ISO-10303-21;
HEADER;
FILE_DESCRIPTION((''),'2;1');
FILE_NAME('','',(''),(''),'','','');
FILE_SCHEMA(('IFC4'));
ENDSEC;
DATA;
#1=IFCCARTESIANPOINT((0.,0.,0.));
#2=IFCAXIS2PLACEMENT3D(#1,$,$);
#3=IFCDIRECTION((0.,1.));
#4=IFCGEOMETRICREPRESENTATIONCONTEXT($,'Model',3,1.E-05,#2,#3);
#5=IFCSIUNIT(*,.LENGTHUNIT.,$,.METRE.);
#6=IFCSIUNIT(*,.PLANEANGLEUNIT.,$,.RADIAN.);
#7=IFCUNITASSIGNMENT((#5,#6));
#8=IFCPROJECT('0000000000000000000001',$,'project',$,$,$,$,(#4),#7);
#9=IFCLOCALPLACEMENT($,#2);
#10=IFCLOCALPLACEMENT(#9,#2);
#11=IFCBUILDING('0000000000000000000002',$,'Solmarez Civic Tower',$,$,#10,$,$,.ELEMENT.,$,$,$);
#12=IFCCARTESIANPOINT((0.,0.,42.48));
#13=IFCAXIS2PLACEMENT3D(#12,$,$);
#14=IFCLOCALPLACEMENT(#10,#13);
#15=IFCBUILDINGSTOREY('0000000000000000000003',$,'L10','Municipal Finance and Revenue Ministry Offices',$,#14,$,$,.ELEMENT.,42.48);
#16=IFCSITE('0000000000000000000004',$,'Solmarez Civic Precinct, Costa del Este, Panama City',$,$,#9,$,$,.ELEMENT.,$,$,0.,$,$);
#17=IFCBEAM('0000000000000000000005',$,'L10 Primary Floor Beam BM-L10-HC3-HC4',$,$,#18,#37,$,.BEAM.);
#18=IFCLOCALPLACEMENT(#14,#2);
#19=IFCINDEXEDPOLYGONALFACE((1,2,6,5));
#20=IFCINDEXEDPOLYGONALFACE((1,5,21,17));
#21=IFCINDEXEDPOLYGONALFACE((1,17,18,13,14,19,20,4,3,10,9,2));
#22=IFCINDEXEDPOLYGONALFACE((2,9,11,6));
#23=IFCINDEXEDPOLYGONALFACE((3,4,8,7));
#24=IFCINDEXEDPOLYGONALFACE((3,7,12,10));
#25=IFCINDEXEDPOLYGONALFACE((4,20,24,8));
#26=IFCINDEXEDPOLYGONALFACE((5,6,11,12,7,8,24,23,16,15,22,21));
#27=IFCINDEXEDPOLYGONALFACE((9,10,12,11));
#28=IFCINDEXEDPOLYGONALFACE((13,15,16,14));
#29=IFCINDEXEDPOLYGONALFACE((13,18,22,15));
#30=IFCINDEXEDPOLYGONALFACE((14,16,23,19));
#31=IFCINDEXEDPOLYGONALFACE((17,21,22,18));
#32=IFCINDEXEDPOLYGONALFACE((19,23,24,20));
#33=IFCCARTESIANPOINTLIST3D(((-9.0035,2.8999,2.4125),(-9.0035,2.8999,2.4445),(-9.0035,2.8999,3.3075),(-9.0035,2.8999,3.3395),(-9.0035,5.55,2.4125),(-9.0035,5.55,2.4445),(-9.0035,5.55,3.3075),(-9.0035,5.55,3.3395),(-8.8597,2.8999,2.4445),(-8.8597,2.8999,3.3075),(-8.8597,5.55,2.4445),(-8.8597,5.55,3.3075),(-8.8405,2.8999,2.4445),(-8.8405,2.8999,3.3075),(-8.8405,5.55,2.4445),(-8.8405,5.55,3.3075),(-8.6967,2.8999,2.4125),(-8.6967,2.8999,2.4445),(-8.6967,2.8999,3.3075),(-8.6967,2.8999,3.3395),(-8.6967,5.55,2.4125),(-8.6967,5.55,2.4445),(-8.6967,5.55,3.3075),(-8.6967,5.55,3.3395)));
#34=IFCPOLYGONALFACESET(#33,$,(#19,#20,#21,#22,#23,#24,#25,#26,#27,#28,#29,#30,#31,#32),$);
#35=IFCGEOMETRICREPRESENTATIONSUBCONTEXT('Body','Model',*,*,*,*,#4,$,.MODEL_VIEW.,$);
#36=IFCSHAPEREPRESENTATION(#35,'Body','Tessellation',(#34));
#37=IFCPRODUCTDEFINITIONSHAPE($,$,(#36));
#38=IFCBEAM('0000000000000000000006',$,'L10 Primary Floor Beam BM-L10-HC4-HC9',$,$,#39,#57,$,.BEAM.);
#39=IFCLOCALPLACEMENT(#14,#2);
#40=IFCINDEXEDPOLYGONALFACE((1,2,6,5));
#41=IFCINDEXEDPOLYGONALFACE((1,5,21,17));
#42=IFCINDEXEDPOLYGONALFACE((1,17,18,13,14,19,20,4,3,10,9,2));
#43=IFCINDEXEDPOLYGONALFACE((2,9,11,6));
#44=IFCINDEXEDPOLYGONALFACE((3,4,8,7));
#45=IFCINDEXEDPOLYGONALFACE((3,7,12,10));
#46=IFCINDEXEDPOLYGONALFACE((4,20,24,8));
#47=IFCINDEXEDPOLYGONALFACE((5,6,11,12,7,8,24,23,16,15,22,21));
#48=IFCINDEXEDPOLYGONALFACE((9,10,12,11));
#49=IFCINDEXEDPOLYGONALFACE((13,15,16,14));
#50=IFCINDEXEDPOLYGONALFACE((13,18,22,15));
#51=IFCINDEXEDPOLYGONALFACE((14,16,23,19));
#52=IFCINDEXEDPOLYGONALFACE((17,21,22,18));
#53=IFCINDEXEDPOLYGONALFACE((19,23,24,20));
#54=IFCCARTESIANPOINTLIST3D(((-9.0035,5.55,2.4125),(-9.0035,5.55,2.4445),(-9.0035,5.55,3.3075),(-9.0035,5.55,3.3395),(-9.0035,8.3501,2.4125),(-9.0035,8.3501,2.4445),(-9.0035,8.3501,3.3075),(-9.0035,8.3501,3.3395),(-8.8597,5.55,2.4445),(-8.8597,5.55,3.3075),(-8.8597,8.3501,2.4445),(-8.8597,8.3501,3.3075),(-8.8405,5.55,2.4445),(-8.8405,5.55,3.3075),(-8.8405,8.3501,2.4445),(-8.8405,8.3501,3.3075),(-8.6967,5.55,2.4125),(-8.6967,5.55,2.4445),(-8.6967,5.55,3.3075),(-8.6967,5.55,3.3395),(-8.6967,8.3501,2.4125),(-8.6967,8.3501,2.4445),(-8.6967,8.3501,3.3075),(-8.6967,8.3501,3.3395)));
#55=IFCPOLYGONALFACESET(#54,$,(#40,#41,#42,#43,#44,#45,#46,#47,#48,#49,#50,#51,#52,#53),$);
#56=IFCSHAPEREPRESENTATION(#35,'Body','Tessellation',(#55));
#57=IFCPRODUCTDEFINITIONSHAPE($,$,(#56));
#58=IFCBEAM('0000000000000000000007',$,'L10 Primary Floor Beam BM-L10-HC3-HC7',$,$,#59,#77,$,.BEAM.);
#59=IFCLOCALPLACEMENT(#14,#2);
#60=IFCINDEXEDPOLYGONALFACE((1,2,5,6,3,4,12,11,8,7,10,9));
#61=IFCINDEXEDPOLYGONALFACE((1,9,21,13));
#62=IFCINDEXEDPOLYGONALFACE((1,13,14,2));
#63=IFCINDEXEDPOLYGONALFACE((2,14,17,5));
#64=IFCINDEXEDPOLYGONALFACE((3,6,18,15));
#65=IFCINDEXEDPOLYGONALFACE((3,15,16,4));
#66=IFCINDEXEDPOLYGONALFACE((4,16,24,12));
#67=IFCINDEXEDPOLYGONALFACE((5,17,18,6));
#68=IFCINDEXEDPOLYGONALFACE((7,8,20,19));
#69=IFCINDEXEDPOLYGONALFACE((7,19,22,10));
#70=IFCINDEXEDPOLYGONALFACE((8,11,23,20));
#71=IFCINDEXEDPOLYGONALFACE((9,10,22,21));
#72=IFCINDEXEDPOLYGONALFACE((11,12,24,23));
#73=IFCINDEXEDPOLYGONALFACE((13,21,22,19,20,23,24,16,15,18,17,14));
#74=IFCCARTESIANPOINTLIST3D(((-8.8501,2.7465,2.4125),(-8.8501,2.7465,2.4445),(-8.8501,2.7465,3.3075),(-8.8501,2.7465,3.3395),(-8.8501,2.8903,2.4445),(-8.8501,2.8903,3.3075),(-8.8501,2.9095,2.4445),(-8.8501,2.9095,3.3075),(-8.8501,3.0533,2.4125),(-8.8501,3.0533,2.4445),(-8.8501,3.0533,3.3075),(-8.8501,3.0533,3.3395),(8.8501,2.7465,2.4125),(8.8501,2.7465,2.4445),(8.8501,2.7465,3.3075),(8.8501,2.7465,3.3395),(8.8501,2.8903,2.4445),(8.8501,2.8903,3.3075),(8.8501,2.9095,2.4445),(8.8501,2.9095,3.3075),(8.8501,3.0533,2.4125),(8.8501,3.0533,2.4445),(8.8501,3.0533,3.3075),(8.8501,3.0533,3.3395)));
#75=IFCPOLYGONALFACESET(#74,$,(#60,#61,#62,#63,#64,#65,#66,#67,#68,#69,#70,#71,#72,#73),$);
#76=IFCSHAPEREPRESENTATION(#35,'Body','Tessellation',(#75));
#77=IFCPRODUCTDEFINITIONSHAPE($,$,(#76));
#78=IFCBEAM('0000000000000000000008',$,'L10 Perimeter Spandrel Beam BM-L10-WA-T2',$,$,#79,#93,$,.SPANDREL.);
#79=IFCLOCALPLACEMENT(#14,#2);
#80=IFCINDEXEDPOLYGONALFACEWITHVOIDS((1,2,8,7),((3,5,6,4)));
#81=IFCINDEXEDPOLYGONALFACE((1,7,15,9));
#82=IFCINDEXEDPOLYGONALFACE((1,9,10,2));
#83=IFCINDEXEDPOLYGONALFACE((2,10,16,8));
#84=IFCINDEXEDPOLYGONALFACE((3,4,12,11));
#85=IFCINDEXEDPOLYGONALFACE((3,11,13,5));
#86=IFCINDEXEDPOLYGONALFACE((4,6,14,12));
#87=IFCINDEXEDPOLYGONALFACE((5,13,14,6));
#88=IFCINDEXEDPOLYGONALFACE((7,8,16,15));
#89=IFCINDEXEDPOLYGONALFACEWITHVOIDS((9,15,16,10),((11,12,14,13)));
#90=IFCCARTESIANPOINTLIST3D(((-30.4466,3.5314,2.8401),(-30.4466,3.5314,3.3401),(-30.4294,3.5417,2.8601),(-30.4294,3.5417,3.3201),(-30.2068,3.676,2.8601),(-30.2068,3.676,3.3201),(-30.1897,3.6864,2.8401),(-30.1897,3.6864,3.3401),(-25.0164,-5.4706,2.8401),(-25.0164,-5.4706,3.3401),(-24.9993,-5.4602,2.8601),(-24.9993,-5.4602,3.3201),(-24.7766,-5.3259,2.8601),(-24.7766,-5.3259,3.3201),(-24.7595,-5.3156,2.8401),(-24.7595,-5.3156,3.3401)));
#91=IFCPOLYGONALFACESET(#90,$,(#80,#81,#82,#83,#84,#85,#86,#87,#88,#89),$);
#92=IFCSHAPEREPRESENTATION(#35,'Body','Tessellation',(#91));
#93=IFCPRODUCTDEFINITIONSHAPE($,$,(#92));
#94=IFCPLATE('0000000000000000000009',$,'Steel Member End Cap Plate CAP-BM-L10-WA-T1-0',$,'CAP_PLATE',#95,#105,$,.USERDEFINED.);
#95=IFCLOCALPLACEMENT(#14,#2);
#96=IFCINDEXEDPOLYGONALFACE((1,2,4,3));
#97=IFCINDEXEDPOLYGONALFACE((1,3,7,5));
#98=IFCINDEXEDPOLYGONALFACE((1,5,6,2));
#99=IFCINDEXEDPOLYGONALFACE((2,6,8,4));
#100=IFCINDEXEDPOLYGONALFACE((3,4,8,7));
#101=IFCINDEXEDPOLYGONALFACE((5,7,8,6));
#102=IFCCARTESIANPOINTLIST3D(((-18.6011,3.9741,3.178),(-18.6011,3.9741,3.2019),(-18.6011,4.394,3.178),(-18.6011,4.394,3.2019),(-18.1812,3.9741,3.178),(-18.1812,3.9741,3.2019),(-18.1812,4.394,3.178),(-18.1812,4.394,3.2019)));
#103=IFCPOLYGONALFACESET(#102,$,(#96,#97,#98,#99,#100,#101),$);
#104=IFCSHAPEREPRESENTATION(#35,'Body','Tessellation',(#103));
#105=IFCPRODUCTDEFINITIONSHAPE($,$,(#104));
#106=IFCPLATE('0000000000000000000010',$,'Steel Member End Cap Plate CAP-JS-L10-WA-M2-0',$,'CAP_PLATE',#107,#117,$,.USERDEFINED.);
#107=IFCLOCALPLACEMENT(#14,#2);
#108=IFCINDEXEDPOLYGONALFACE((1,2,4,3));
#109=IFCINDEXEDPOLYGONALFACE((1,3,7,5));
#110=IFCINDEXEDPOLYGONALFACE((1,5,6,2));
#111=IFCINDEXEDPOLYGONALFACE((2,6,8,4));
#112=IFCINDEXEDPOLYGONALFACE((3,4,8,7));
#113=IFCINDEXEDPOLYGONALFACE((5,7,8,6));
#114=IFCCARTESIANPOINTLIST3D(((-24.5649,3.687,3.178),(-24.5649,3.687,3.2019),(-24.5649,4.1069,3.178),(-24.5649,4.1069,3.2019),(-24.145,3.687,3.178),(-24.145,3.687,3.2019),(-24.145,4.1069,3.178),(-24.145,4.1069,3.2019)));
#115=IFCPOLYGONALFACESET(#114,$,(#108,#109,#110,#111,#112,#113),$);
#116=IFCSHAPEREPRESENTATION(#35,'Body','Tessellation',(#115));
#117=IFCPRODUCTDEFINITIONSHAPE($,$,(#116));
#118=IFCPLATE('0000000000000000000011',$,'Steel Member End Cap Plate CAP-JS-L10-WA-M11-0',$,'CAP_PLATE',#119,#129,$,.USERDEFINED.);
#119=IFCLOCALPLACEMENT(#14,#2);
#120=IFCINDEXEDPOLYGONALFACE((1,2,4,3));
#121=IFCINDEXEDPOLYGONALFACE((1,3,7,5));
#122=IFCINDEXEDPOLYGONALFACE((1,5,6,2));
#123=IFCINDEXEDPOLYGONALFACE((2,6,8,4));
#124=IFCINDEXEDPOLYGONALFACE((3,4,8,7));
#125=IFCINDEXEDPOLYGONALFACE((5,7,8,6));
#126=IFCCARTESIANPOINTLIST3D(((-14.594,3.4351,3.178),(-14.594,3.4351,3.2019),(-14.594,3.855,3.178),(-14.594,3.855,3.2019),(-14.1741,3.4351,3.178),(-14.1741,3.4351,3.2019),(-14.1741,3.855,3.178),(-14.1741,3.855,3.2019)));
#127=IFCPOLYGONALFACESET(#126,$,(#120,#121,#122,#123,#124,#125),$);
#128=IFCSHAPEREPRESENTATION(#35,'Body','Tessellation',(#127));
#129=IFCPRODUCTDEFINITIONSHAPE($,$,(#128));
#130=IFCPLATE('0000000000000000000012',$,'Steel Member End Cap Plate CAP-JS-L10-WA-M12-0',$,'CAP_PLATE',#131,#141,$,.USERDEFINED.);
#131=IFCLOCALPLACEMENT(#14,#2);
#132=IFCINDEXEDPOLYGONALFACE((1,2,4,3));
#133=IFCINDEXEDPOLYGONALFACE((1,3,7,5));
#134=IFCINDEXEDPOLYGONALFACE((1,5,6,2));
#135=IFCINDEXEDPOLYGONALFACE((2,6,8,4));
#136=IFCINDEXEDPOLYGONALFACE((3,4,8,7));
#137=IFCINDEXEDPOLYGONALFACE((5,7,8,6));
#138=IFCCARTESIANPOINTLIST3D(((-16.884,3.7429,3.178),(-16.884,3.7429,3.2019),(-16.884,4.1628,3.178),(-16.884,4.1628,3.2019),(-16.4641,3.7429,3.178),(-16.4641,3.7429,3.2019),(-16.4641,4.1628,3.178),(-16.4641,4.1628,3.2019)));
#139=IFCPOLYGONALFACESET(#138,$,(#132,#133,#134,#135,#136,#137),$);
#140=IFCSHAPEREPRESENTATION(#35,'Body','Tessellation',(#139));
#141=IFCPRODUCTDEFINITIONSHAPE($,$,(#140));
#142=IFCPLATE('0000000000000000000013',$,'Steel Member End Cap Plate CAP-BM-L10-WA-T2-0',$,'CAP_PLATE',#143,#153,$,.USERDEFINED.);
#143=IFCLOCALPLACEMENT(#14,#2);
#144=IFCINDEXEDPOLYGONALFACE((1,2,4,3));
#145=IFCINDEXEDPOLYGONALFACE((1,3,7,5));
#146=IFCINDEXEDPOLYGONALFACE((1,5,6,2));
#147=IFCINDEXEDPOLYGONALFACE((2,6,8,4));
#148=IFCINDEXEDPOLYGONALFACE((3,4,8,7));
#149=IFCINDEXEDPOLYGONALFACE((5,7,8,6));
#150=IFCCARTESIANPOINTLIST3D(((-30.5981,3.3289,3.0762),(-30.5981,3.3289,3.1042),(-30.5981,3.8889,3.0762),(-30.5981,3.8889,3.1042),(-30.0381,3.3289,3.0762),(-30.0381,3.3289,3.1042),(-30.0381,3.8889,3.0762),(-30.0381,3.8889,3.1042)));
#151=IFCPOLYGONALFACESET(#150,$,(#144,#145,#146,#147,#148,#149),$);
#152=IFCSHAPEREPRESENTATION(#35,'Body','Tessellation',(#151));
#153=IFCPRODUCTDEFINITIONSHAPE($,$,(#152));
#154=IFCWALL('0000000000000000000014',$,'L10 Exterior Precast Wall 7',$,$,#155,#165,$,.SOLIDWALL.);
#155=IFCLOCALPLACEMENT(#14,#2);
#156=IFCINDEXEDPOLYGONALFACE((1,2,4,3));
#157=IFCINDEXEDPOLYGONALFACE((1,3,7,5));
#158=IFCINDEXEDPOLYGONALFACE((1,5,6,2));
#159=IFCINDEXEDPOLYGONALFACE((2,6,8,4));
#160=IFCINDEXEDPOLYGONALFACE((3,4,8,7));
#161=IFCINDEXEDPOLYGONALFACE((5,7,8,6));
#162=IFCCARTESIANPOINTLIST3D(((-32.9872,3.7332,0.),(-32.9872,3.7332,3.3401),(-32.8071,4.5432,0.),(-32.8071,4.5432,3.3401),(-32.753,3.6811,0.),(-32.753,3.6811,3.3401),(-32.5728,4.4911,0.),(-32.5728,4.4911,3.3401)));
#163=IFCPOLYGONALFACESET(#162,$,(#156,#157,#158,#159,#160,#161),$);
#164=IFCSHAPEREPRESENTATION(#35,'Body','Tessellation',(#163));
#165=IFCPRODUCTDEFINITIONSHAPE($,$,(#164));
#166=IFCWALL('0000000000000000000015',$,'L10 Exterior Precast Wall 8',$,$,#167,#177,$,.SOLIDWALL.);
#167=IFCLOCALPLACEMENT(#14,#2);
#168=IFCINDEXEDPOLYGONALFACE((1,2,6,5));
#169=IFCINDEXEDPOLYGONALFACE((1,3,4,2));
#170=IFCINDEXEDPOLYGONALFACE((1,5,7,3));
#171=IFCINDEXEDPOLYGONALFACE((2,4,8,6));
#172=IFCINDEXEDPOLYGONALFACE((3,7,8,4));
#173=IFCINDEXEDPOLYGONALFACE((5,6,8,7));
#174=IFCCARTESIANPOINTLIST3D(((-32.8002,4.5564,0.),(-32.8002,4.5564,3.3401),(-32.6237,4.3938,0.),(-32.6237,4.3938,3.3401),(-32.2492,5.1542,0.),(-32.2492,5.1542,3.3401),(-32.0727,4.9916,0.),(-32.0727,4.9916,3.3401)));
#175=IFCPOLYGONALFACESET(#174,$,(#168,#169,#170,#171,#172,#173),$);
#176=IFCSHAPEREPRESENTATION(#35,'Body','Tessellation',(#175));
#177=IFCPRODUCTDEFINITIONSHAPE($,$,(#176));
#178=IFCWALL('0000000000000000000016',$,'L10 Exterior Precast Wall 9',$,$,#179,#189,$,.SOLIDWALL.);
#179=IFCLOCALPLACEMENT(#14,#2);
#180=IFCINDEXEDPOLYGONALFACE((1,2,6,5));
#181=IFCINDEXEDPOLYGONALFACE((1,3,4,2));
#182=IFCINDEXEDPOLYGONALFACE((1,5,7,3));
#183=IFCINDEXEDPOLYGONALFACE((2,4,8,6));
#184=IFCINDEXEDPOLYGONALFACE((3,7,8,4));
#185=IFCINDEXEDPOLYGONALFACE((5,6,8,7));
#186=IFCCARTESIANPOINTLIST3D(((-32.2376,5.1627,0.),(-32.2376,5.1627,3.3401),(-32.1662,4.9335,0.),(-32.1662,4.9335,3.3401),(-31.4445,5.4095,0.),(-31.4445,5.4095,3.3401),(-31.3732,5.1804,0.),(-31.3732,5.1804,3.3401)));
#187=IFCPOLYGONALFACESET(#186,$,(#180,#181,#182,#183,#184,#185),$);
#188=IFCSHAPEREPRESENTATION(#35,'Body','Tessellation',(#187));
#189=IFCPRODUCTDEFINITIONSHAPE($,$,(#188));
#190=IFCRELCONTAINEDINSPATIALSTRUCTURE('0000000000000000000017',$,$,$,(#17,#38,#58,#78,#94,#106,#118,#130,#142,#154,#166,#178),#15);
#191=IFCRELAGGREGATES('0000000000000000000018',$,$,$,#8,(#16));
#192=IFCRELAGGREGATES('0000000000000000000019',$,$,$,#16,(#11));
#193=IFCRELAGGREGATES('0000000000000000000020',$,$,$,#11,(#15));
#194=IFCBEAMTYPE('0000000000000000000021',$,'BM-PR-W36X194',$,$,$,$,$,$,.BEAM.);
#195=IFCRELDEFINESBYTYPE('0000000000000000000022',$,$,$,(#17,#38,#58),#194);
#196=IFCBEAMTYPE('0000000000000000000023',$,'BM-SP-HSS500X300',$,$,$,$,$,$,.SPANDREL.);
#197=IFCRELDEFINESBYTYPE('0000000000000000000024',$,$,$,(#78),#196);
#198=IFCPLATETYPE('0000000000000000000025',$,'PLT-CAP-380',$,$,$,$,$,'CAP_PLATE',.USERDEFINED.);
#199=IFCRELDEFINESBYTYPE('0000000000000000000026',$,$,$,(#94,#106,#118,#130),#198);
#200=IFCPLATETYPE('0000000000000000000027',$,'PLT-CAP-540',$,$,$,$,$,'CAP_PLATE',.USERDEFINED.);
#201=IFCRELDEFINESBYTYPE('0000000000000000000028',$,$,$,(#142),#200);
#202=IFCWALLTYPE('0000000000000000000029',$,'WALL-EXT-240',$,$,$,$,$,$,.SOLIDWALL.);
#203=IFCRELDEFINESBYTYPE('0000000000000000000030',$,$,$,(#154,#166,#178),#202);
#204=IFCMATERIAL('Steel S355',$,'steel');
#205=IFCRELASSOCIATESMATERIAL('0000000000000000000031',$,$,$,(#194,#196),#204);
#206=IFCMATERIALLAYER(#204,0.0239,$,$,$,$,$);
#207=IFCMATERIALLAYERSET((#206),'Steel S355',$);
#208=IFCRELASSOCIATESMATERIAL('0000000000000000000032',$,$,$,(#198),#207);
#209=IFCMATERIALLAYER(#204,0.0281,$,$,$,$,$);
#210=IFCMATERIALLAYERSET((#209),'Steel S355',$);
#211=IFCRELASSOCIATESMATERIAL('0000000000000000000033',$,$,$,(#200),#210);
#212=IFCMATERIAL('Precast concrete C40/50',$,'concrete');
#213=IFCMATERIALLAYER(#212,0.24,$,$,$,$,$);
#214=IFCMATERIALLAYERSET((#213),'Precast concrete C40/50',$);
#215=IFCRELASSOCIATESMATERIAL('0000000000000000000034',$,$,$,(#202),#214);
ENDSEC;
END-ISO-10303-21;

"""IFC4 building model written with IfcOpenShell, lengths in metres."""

from ifc_helpers import new_model, si_unit, direction, frame, frame_2d, origin, origin_2d, place, context, subcontext, project, spatial, rectangle, hollow_rectangle, i_section, extrude, material, layer, layer_set, material_profile, profile_set, type_object, element, save


model = new_model("IFC4")

# Units and contexts
model_context = context("Model", 3, precision=1e-05, world=origin(), true_north=direction((0.0, 1.0)))
body_context = subcontext(model_context, "Body", "Model", "MODEL_VIEW")
ifc_project = project(units=[si_unit("LENGTHUNIT", "METRE"), si_unit("PLANEANGLEUNIT", "RADIAN")], contexts=[model_context])

# Site, building, storey
site_placement = place(None, origin())
site = spatial("IfcSite", under=ifc_project, at=site_placement, Name="Solmarez Civic Precinct, Costa del Este, Panama City", CompositionType="ELEMENT", RefElevation=0.0)
building_placement = place(site_placement, origin())
building = spatial("IfcBuilding", under=site, at=building_placement, Name="Solmarez Civic Tower", CompositionType="ELEMENT")
storey_placement = place(building_placement, frame((0.0, 0.0, 42.48)))
storey = spatial("IfcBuildingStorey", under=building, at=storey_placement, Name="L10", Description="Municipal Finance and Revenue Ministry Offices", CompositionType="ELEMENT", Elevation=42.48)

# Beams
ifc_material_1 = material(Name="Steel S355", Category="steel")
ifc_material_profile_1 = material_profile(ifc_material_1, i_section(OverallWidth=0.3069, OverallDepth=0.927, WebThickness=0.0193, FlangeThickness=0.032, at=origin_2d()), Name="W36X194")
ifc_profile_set_1 = profile_set([ifc_material_profile_1], Name="Steel S355")
beam_type_1 = type_object("IfcBeamType", Name="BM-PR-W36X194", PredefinedType="BEAM", material=ifc_profile_set_1)
beam_1_placement = place(storey_placement, frame((-8.8501, 2.8999, 2.876), z_axis=(0.0, 1.0, 0.0), x_axis=(-1.0, 0.0, 0.0)))
element("IfcBeam", 1, at=beam_1_placement, inside=storey, type_object=beam_type_1, Name="L10 Primary Floor Beam BM-L10-HC3-HC4", PredefinedType="BEAM", context=body_context, shape_type="SweptSolid", body=[
    extrude(i_section(OverallWidth=0.3069, OverallDepth=0.927, WebThickness=0.0193, FlangeThickness=0.032, at=origin_2d()), origin(), (0.0, 0.0, 1.0), 2.6501),
])
beam_2_placement = place(storey_placement, frame((-8.8501, 5.55, 2.876), z_axis=(0.0, 1.0, 0.0), x_axis=(-1.0, 0.0, 0.0)))
element("IfcBeam", 2, at=beam_2_placement, inside=storey, type_object=beam_type_1, Name="L10 Primary Floor Beam BM-L10-HC4-HC9", PredefinedType="BEAM", context=body_context, shape_type="SweptSolid", body=[
    extrude(i_section(OverallWidth=0.3069, OverallDepth=0.927, WebThickness=0.0193, FlangeThickness=0.032, at=origin_2d()), origin(), (0.0, 0.0, 1.0), 2.8),
])
beam_3_placement = place(storey_placement, frame((-8.8501, 2.8999, 2.876), z_axis=(1.0, 0.0, 0.0), x_axis=(0.0, 1.0, 0.0)))
element("IfcBeam", 3, at=beam_3_placement, inside=storey, type_object=beam_type_1, Name="L10 Primary Floor Beam BM-L10-HC3-HC7", PredefinedType="BEAM", context=body_context, shape_type="SweptSolid", body=[
    extrude(i_section(OverallWidth=0.3069, OverallDepth=0.927, WebThickness=0.0193, FlangeThickness=0.032, at=origin_2d()), origin(), (0.0, 0.0, 1.0), 17.7002),
])
ifc_material_profile_2 = material_profile(ifc_material_1, hollow_rectangle(XDim=0.3, YDim=0.5, WallThickness=0.02, at=origin_2d()), Name="HSS500X300X20")
ifc_profile_set_2 = profile_set([ifc_material_profile_2], Name="Steel S355")
beam_type_2 = type_object("IfcBeamType", Name="BM-SP-HSS500X300", PredefinedType="SPANDREL", material=ifc_profile_set_2)
beam_4_placement = place(storey_placement, frame((-30.3181, 3.6089, 3.0901), z_axis=(0.516523, -0.856273, 0.0), x_axis=(0.856273, 0.516523, 0.0)))
element("IfcBeam", 4, at=beam_4_placement, inside=storey, type_object=beam_type_2, Name="L10 Perimeter Spandrel Beam BM-L10-WA-T2", PredefinedType="SPANDREL", context=body_context, shape_type="SweptSolid", body=[
    extrude(hollow_rectangle(XDim=0.3, YDim=0.5, WallThickness=0.02, at=origin_2d()), origin(), (0.0, 0.0, 1.0), 10.5129),
])

# Plates
ifc_layer_1 = layer(ifc_material_1, 0.0239)
ifc_layer_set_1 = layer_set([ifc_layer_1], Name="Steel S355")
plate_type_1 = type_object("IfcPlateType", Name="PLT-CAP-380", ElementType="CAP_PLATE", PredefinedType="USERDEFINED", material=ifc_layer_set_1)
for number, where, z_axis, x_axis, name in (
    (5, (-18.3911, 4.1841, 3.178), (0.0, 0.0, 1.0), (1.0, 0.0, 0.0), "Steel Member End Cap Plate CAP-BM-L10-WA-T1-0"),
    (6, (-24.355, 3.897, 3.178), (0.0, 0.0, 1.0), (1.0, 0.0, 0.0), "Steel Member End Cap Plate CAP-JS-L10-WA-M2-0"),
    (7, (-14.384, 3.645, 3.178), (0.0, 0.0, 1.0), (1.0, 0.0, 0.0), "Steel Member End Cap Plate CAP-JS-L10-WA-M11-0"),
    (8, (-16.6741, 3.9529, 3.178), (0.0, 0.0, 1.0), (1.0, 0.0, 0.0), "Steel Member End Cap Plate CAP-JS-L10-WA-M12-0"),
):
    element("IfcPlate", number, at=place(storey_placement, frame(where, z_axis=z_axis, x_axis=x_axis)), inside=storey, type_object=plate_type_1, Name=name, ObjectType="CAP_PLATE", PredefinedType="USERDEFINED", context=body_context, shape_type="SweptSolid", body=[
        extrude(rectangle(XDim=0.4199, YDim=0.4199, at=origin_2d()), origin(), (0.0, 0.0, 1.0), 0.0239),
    ])
ifc_layer_2 = layer(ifc_material_1, 0.0281)
ifc_layer_set_2 = layer_set([ifc_layer_2], Name="Steel S355")
plate_type_2 = type_object("IfcPlateType", Name="PLT-CAP-540", ElementType="CAP_PLATE", PredefinedType="USERDEFINED", material=ifc_layer_set_2)
plate_placement = place(storey_placement, frame((-30.3181, 3.6089, 3.0762), z_axis=(0.0, 0.0, 1.0), x_axis=(1.0, 0.0, 0.0)))
element("IfcPlate", 9, at=plate_placement, inside=storey, type_object=plate_type_2, Name="Steel Member End Cap Plate CAP-BM-L10-WA-T2-0", ObjectType="CAP_PLATE", PredefinedType="USERDEFINED", context=body_context, shape_type="SweptSolid", body=[
    extrude(rectangle(XDim=0.5601, YDim=0.5601, at=origin_2d()), origin(), (0.0, 0.0, 1.0), 0.0281),
])

# Walls
ifc_material_2 = material(Name="Precast concrete C40/50", Category="concrete")
ifc_layer_3 = layer(ifc_material_2, 0.24)
ifc_layer_set_3 = layer_set([ifc_layer_3], Name="Precast concrete C40/50")
wall_type_1 = type_object("IfcWallType", Name="WALL-EXT-240", PredefinedType="SOLIDWALL", material=ifc_layer_set_3)
wall_1_placement = place(storey_placement, frame((-32.8701, 3.707, 0.0), z_axis=(0.0, 0.0, 1.0), x_axis=(0.217117, 0.976146, 0.0)))
element("IfcWall", 10, at=wall_1_placement, inside=storey, type_object=wall_type_1, Name="L10 Exterior Precast Wall 7", PredefinedType="SOLIDWALL", context=body_context, shape_type="SweptSolid", body=[
    extrude(rectangle(XDim=0.8298, YDim=0.24, at=frame_2d((0.415, 0.0))), origin(), (0.0, 0.0, 1.0), 3.3401),
])
wall_2_placement = place(storey_placement, frame((-32.7119, 4.4751, 0.0), z_axis=(0.0, 0.0, 1.0), x_axis=(0.677694, 0.735344, 0.0)))
element("IfcWall", 11, at=wall_2_placement, inside=storey, type_object=wall_type_1, Name="L10 Exterior Precast Wall 8", PredefinedType="SOLIDWALL", context=body_context, shape_type="SweptSolid", body=[
    extrude(rectangle(XDim=0.813, YDim=0.24, at=frame_2d((0.4065, 0.0))), origin(), (0.0, 0.0, 1.0), 3.3401),
])
wall_3_placement = place(storey_placement, frame((-32.2019, 5.0481, 0.0), z_axis=(0.0, 0.0, 1.0), x_axis=(0.954814, 0.297204, 0.0)))
element("IfcWall", 12, at=wall_3_placement, inside=storey, type_object=wall_type_1, Name="L10 Exterior Precast Wall 9", PredefinedType="SOLIDWALL", context=body_context, shape_type="SweptSolid", body=[
    extrude(rectangle(XDim=0.8306, YDim=0.24, at=frame_2d((0.4153, 0.0))), origin(), (0.0, 0.0, 1.0), 3.3401),
])

save(model, "model.ifc")
